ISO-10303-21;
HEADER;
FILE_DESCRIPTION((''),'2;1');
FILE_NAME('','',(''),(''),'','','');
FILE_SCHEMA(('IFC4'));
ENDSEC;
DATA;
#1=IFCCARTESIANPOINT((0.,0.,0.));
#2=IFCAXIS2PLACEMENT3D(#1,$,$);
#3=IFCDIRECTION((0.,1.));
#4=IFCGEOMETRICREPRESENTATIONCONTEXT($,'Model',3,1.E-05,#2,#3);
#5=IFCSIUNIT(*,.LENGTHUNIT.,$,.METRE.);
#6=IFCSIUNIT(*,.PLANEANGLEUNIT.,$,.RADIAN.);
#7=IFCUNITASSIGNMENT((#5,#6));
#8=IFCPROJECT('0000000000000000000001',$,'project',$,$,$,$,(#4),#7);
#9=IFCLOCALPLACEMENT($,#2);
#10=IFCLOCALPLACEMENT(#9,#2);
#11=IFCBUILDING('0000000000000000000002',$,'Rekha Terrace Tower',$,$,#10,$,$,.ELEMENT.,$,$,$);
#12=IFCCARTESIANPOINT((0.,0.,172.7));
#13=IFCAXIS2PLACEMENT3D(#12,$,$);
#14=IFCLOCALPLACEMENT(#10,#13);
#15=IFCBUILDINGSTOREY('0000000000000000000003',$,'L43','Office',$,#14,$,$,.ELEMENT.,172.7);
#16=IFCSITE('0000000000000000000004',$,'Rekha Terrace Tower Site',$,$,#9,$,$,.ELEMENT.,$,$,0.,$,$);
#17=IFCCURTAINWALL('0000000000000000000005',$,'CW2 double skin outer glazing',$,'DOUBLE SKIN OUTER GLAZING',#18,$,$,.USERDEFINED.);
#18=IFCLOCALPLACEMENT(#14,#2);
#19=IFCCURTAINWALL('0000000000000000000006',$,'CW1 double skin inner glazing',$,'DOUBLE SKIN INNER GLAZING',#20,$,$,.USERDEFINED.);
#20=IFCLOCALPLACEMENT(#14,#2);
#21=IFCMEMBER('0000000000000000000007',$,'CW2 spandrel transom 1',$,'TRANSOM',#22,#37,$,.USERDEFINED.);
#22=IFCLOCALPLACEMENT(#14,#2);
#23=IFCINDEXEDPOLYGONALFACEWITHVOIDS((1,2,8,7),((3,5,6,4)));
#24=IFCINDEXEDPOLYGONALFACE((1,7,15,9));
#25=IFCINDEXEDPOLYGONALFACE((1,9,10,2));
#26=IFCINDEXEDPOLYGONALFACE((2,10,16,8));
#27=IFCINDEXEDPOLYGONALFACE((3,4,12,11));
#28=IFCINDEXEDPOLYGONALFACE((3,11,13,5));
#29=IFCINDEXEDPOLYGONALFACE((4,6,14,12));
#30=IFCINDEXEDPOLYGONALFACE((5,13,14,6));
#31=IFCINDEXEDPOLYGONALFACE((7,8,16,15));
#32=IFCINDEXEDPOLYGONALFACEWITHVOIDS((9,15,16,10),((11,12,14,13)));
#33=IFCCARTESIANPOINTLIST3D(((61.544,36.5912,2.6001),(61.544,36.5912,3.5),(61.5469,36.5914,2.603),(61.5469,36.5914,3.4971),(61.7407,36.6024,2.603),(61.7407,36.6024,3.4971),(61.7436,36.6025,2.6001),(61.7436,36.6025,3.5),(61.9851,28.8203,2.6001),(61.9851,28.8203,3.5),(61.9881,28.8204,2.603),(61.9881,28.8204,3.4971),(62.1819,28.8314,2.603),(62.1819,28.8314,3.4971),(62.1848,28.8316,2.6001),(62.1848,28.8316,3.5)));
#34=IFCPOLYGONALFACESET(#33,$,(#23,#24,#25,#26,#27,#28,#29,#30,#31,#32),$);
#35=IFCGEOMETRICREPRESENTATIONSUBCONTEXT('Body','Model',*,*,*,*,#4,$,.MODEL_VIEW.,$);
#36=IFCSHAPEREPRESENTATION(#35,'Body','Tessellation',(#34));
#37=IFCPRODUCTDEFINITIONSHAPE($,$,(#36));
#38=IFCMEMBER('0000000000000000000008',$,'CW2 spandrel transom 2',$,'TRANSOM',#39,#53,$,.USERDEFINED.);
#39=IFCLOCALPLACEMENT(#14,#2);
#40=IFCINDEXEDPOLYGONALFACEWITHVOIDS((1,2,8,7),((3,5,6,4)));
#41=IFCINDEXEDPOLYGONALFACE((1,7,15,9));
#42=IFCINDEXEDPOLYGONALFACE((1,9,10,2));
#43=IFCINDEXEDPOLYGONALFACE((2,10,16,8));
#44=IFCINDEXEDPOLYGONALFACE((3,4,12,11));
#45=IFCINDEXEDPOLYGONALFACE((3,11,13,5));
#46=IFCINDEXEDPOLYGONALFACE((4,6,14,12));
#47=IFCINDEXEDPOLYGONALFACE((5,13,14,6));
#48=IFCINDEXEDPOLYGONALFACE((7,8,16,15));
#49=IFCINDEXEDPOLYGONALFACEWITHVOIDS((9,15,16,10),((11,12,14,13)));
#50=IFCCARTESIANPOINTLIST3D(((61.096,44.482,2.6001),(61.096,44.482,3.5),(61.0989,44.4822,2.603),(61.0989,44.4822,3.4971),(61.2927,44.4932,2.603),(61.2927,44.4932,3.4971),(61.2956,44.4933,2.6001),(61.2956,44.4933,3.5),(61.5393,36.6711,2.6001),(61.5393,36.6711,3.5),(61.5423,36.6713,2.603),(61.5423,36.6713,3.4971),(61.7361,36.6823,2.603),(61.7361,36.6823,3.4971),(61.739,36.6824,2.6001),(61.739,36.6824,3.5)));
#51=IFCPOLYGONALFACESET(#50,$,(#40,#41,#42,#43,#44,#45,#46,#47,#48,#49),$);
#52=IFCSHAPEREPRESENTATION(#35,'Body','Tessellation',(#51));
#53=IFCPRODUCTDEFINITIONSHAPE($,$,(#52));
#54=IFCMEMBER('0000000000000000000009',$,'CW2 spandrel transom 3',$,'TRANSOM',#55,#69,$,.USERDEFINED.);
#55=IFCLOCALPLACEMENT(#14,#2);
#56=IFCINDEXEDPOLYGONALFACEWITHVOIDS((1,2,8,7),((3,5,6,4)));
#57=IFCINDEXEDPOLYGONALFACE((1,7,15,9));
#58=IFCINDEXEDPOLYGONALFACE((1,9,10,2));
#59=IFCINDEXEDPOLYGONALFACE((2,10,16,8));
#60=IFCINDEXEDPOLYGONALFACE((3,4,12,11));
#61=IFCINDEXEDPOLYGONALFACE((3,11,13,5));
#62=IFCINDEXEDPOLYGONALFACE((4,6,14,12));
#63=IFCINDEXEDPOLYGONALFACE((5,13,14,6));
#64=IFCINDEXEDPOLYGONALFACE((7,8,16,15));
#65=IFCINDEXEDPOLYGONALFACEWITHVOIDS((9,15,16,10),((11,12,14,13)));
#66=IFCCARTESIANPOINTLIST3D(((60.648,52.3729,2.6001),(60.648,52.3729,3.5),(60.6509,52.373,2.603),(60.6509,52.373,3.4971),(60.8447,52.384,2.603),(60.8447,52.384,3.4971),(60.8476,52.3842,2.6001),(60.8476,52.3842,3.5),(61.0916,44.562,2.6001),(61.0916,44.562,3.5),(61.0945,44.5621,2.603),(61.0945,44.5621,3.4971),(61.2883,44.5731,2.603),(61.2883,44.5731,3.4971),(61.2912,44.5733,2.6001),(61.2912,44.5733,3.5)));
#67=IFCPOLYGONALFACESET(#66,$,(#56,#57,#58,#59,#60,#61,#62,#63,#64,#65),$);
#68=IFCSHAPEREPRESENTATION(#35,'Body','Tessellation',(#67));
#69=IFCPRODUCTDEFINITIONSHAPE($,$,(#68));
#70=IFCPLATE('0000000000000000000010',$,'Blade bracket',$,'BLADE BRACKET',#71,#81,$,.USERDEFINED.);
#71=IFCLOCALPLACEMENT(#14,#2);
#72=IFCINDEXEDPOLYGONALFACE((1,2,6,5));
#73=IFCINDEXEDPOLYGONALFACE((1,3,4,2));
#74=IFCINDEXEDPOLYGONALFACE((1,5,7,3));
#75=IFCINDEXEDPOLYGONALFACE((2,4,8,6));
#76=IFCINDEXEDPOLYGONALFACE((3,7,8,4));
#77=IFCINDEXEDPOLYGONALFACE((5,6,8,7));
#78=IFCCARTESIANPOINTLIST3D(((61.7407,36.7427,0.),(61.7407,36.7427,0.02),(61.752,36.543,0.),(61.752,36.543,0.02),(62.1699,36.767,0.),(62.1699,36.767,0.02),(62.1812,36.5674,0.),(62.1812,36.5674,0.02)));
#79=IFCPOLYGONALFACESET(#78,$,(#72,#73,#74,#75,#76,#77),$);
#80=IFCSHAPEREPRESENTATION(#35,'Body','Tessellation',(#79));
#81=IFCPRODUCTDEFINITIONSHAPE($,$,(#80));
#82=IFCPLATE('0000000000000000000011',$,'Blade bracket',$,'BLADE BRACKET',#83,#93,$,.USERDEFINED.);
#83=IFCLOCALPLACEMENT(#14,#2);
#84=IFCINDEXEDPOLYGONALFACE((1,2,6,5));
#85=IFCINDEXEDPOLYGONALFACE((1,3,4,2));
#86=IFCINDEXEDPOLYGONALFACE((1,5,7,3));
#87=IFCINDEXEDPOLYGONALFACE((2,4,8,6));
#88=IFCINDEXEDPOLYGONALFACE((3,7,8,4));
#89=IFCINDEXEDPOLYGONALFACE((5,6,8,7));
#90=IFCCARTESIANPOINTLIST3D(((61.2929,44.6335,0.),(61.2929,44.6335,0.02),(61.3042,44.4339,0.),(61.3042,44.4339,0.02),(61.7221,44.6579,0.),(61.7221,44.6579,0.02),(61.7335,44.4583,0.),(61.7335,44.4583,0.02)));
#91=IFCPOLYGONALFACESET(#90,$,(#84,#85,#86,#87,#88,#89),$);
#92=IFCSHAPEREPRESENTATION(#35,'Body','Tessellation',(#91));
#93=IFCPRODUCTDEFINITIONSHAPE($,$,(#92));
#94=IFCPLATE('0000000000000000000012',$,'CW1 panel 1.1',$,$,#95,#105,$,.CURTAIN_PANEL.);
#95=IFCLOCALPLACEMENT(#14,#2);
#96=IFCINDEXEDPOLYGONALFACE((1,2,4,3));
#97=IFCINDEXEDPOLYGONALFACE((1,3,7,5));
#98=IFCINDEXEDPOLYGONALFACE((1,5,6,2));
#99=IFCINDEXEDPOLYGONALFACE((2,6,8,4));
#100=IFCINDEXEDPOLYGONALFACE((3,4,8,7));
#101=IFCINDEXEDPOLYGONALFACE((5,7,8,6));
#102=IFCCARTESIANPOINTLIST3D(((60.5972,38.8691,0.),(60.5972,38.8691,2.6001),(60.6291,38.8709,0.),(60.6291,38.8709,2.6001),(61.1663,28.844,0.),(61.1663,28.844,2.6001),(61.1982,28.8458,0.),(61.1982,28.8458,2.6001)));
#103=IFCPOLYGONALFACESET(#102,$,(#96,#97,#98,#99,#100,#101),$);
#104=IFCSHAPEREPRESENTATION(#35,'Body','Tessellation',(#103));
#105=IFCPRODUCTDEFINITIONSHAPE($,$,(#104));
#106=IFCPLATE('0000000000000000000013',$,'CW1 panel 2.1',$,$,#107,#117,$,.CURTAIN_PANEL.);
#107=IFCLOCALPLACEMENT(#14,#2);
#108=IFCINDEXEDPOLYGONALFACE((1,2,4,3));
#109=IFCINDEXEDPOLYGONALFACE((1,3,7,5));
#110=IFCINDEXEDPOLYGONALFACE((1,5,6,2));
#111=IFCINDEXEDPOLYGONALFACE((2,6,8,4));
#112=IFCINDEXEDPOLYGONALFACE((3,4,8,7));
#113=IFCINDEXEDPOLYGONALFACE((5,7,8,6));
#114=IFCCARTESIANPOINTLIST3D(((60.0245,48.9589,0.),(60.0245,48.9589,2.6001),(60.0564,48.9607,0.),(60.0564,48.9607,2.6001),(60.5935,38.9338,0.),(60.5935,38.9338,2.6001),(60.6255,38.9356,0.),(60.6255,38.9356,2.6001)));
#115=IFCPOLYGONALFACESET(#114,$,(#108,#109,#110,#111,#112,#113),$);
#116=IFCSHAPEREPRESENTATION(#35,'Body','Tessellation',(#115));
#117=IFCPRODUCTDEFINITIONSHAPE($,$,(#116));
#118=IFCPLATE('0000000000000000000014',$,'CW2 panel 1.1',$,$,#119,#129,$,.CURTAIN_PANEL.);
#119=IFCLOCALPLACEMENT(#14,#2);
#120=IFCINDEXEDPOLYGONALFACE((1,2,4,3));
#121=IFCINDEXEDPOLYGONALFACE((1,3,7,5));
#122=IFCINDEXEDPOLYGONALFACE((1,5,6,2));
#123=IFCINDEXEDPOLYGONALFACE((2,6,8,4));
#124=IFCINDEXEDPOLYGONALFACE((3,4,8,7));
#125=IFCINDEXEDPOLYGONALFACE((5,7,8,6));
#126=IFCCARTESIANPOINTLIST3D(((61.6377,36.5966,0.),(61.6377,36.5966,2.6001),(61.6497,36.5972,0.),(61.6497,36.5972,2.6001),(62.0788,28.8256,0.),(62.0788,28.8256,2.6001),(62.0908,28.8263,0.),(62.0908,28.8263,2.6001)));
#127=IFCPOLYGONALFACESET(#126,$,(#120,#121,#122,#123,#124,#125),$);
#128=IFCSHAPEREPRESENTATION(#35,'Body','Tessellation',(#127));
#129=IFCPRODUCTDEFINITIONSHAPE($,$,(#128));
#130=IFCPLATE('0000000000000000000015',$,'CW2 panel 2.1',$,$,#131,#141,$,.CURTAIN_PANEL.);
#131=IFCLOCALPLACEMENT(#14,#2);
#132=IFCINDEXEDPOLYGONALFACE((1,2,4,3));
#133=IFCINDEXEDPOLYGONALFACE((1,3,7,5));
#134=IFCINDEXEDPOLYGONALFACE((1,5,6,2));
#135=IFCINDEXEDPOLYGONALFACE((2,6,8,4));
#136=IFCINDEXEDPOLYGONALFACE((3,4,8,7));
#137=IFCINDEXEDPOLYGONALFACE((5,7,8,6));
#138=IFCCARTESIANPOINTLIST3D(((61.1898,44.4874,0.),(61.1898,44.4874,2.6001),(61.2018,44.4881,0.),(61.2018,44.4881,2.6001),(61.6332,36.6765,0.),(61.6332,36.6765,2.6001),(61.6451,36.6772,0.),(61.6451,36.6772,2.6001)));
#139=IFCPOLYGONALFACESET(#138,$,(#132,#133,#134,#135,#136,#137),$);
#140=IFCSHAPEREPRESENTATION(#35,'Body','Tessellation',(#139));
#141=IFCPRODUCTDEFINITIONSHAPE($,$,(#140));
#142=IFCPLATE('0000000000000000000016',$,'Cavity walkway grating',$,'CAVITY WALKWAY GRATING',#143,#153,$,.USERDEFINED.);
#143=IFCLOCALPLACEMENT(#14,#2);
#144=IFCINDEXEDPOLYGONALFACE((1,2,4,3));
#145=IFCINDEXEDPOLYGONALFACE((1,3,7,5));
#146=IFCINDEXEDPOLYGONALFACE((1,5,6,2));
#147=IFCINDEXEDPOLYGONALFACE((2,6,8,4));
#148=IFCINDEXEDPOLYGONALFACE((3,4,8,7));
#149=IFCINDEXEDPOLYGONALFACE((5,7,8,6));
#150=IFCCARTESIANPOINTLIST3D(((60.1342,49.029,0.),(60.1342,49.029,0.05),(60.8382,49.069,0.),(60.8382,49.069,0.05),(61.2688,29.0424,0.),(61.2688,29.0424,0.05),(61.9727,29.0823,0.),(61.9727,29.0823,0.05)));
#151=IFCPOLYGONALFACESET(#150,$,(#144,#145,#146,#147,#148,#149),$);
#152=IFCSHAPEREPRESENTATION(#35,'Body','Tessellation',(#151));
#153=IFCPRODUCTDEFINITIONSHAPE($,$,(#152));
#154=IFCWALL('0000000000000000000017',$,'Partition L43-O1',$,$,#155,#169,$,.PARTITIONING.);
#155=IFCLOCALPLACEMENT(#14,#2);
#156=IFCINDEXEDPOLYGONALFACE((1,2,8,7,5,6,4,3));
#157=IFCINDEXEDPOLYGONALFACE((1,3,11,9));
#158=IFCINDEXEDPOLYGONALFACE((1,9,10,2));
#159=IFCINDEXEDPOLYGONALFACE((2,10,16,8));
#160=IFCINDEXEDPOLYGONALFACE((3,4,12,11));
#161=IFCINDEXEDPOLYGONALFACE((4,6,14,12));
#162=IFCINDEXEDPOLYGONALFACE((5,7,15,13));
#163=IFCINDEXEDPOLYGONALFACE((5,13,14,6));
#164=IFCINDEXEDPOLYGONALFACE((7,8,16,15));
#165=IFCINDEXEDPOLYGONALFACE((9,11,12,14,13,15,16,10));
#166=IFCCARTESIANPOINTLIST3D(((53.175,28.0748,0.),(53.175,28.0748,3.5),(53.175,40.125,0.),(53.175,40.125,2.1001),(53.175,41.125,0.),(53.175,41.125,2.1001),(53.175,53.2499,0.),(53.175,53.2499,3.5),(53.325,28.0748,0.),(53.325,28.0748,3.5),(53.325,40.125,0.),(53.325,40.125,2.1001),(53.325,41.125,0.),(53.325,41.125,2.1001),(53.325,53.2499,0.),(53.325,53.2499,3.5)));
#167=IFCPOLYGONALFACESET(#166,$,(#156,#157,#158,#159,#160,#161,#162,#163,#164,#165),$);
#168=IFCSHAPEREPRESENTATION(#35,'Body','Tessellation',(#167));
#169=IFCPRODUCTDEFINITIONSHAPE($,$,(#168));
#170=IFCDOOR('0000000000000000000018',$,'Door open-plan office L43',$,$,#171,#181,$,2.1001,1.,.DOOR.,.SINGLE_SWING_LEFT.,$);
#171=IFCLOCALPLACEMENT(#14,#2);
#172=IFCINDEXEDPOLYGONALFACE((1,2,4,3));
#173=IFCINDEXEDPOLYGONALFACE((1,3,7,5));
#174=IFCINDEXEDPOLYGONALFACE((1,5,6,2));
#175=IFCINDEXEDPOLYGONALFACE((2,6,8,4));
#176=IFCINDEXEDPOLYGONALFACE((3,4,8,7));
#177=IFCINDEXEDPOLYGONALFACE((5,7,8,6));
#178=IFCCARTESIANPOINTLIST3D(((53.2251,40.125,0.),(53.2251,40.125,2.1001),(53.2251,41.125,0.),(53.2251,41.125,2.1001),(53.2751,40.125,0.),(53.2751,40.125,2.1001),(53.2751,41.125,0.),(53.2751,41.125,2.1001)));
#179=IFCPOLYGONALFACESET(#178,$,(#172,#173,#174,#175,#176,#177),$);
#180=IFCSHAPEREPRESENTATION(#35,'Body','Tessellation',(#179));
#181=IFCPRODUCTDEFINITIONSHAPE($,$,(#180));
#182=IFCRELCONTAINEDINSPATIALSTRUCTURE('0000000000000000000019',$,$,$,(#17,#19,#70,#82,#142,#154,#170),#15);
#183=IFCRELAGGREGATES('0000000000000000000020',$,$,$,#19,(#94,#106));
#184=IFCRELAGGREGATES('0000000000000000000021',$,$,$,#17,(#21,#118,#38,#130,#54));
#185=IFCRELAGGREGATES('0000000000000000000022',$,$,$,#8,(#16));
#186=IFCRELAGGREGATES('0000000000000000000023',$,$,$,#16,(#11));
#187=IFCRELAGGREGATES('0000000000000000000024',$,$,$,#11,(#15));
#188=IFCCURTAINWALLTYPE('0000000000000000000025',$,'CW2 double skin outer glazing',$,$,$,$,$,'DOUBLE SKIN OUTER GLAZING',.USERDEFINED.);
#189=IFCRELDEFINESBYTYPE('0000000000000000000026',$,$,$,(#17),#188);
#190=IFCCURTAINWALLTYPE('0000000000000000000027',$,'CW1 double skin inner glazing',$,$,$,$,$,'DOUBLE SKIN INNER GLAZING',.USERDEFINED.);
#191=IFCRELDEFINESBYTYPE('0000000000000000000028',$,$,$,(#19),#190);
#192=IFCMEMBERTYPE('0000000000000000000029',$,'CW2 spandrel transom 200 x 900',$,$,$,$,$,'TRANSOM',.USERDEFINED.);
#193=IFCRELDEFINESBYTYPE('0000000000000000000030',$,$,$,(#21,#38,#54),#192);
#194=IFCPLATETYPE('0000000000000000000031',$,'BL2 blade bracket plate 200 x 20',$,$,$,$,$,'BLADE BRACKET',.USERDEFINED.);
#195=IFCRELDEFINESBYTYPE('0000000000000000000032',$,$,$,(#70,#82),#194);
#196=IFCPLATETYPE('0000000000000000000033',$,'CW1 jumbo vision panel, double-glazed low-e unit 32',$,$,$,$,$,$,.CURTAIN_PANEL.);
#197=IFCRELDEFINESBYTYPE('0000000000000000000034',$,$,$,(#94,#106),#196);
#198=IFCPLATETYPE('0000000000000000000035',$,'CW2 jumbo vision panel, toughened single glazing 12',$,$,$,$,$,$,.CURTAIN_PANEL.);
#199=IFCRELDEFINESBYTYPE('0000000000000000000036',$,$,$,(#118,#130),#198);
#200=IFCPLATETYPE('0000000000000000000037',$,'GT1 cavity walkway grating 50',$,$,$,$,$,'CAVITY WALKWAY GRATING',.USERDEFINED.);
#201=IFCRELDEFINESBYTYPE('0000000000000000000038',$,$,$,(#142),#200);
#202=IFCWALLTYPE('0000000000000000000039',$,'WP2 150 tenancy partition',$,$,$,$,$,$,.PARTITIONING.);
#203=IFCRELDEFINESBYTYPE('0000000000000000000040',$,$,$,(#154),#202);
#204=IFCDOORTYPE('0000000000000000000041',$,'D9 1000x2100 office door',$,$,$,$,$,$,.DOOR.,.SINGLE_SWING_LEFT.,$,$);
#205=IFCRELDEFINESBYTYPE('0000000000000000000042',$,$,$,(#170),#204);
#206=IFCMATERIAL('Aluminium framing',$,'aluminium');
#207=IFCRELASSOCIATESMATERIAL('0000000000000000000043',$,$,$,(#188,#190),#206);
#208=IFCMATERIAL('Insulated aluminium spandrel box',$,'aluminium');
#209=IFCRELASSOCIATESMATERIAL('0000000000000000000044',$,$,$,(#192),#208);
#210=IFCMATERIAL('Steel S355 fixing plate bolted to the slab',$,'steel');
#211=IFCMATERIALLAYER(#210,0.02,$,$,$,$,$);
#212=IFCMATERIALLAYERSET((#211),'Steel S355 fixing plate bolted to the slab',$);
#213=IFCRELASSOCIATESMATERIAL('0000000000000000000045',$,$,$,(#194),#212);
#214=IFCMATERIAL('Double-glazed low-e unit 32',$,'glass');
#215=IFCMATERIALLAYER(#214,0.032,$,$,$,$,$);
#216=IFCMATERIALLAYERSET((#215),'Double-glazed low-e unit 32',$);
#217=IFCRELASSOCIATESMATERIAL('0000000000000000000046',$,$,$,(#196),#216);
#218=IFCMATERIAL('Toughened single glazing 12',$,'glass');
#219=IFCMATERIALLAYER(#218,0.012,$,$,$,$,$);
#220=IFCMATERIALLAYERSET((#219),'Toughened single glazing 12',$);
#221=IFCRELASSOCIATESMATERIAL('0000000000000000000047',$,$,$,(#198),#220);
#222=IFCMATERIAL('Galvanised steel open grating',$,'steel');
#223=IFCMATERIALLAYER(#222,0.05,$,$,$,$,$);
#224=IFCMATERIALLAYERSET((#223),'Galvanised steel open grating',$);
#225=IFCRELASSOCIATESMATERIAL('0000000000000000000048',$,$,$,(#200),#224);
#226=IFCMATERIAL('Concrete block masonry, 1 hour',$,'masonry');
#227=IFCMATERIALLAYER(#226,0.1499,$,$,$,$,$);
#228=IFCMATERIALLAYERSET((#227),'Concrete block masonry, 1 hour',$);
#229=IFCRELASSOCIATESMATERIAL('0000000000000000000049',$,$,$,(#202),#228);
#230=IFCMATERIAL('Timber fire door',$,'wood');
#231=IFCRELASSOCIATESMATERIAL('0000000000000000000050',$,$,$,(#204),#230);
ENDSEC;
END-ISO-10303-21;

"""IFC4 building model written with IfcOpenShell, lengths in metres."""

from ifc_helpers import new_model, si_unit, direction, frame, frame_2d, origin, origin_2d, place, context, subcontext, project, spatial, rectangle, hollow_rectangle, extrude, material, layer, layer_set, material_profile, profile_set, type_object, element, fill, aggregate, save


model = new_model("IFC4")

# Units and contexts
model_context = context("Model", 3, precision=1e-05, world=origin(), true_north=direction((0.0, 1.0)))
body_context = subcontext(model_context, "Body", "Model", "MODEL_VIEW")
ifc_project = project(units=[si_unit("LENGTHUNIT", "METRE"), si_unit("PLANEANGLEUNIT", "RADIAN")], contexts=[model_context])

# Site, building, storey
site_placement = place(None, origin())
site = spatial("IfcSite", under=ifc_project, at=site_placement, Name="Rekha Terrace Tower Site", CompositionType="ELEMENT", RefElevation=0.0)
building_placement = place(site_placement, origin())
building = spatial("IfcBuilding", under=site, at=building_placement, Name="Rekha Terrace Tower", CompositionType="ELEMENT")
storey_placement = place(building_placement, frame((0.0, 0.0, 172.7)))
storey = spatial("IfcBuildingStorey", under=building, at=storey_placement, Name="L43", Description="Office", CompositionType="ELEMENT", Elevation=172.7)

# Curtain walls
ifc_material_1 = material(Name="Aluminium framing", Category="aluminium")
curtain_wall_type_1 = type_object("IfcCurtainWallType", Name="CW2 double skin outer glazing", ElementType="DOUBLE SKIN OUTER GLAZING", PredefinedType="USERDEFINED", material=ifc_material_1)
curtain_wall_1_placement = place(storey_placement, origin())
curtain_wall_1 = element("IfcCurtainWall", 1, at=curtain_wall_1_placement, inside=storey, type_object=curtain_wall_type_1, Name="CW2 double skin outer glazing", ObjectType="DOUBLE SKIN OUTER GLAZING", PredefinedType="USERDEFINED")
curtain_wall_type_2 = type_object("IfcCurtainWallType", Name="CW1 double skin inner glazing", ElementType="DOUBLE SKIN INNER GLAZING", PredefinedType="USERDEFINED", material=ifc_material_1)
curtain_wall_2_placement = place(storey_placement, origin())
curtain_wall_2 = element("IfcCurtainWall", 2, at=curtain_wall_2_placement, inside=storey, type_object=curtain_wall_type_2, Name="CW1 double skin inner glazing", ObjectType="DOUBLE SKIN INNER GLAZING", PredefinedType="USERDEFINED")
ifc_material_2 = material(Name="Insulated aluminium spandrel box", Category="aluminium")

# Members
ifc_material_profile_1 = material_profile(ifc_material_2, hollow_rectangle(XDim=0.2, YDim=0.8999, WallThickness=0.0029, at=origin_2d()), Name="AL SPANDREL BOX 200x900")
ifc_profile_set_1 = profile_set([ifc_material_profile_1], Name="Insulated aluminium spandrel box")
member_type_1 = type_object("IfcMemberType", Name="CW2 spandrel transom 200 x 900", ElementType="TRANSOM", PredefinedType="USERDEFINED", material=ifc_profile_set_1)
member_1_placement = place(storey_placement, frame((62.085, 28.8259, 3.05), z_axis=(-0.056679, 0.998392, 0.0), x_axis=(-0.998392, -0.056679, 0.0)))
member_1 = element("IfcMember", 3, at=member_1_placement, type_object=member_type_1, Name="CW2 spandrel transom 1", ObjectType="TRANSOM", PredefinedType="USERDEFINED", context=body_context, shape_type="SweptSolid", body=[
    extrude(hollow_rectangle(XDim=0.2, YDim=0.8999, WallThickness=0.0029, at=origin_2d()), origin(), (0.0, 0.0, 1.0), 7.7834),
])
member_2_placement = place(storey_placement, frame((61.6392, 36.6768, 3.05), z_axis=(-0.056669, 0.998393, 0.0), x_axis=(-0.998393, -0.056669, 0.0)))
member_2 = element("IfcMember", 4, at=member_2_placement, type_object=member_type_1, Name="CW2 spandrel transom 2", ObjectType="TRANSOM", PredefinedType="USERDEFINED", context=body_context, shape_type="SweptSolid", body=[
    extrude(hollow_rectangle(XDim=0.2, YDim=0.8999, WallThickness=0.0029, at=origin_2d()), origin(), (0.0, 0.0, 1.0), 7.8235),
])
member_3_placement = place(storey_placement, frame((61.1914, 44.5676, 3.05), z_axis=(-0.056702, 0.998391, 0.0), x_axis=(-0.998391, -0.056702, 0.0)))
member_3 = element("IfcMember", 5, at=member_3_placement, type_object=member_type_1, Name="CW2 spandrel transom 3", ObjectType="TRANSOM", PredefinedType="USERDEFINED", context=body_context, shape_type="SweptSolid", body=[
    extrude(hollow_rectangle(XDim=0.2, YDim=0.8999, WallThickness=0.0029, at=origin_2d()), origin(), (0.0, 0.0, 1.0), 7.8235),
])

# Plates
ifc_material_3 = material(Name="Steel S355 fixing plate bolted to the slab", Category="steel")
ifc_layer_1 = layer(ifc_material_3, 0.02)
ifc_layer_set_1 = layer_set([ifc_layer_1], Name="Steel S355 fixing plate bolted to the slab")
plate_type_1 = type_object("IfcPlateType", Name="BL2 blade bracket plate 200 x 20", ElementType="BLADE BRACKET", PredefinedType="USERDEFINED", material=ifc_layer_set_1)
for number, where, z_axis, x_axis, name in (
    (6, (61.9609, 36.655, 0.0), (0.0, 0.0, 1.0), (0.998393, 0.056674, 0.0), "Blade bracket"),
    (7, (61.5132, 44.5459, 0.0), (0.0, 0.0, 1.0), (0.998393, 0.056674, 0.0), "Blade bracket"),
):
    element("IfcPlate", number, at=place(storey_placement, frame(where, z_axis=z_axis, x_axis=x_axis)), inside=storey, type_object=plate_type_1, Name=name, ObjectType="BLADE BRACKET", PredefinedType="USERDEFINED", context=body_context, shape_type="SweptSolid", body=[
        extrude(rectangle(XDim=0.4299, YDim=0.2, at=origin_2d()), origin(), (0.0, 0.0, 1.0), 0.02),
    ])

# Plates
ifc_material_4 = material(Name="Double-glazed low-e unit 32", Category="glass")
ifc_layer_2 = layer(ifc_material_4, 0.032)
ifc_layer_set_2 = layer_set([ifc_layer_2], Name="Double-glazed low-e unit 32")
plate_type_2 = type_object("IfcPlateType", Name="CW1 jumbo vision panel, double-glazed low-e unit 32", PredefinedType="CURTAIN_PANEL", material=ifc_layer_set_2)
plate_1_placement = place(storey_placement, frame((60.8977, 33.8574, 0.0), z_axis=(0.0, 0.0, 1.0), x_axis=(-0.056673, 0.998393, 0.0)))
plate_1 = element("IfcPlate", 8, at=plate_1_placement, type_object=plate_type_2, Name="CW1 panel 1.1", PredefinedType="CURTAIN_PANEL", context=body_context, shape_type="SweptSolid", body=[
    extrude(rectangle(XDim=10.0413, YDim=0.032, at=origin_2d()), origin(), (0.0, 0.0, 1.0), 2.6001),
])
plate_2_placement = place(storey_placement, frame((60.325, 43.9473, 0.0), z_axis=(0.0, 0.0, 1.0), x_axis=(-0.056673, 0.998393, 0.0)))
plate_2 = element("IfcPlate", 9, at=plate_2_placement, type_object=plate_type_2, Name="CW1 panel 2.1", PredefinedType="CURTAIN_PANEL", context=body_context, shape_type="SweptSolid", body=[
    extrude(rectangle(XDim=10.0413, YDim=0.032, at=origin_2d()), origin(), (0.0, 0.0, 1.0), 2.6001),
])
aggregate(curtain_wall_2, [plate_1, plate_2])
ifc_material_5 = material(Name="Toughened single glazing 12", Category="glass")
ifc_layer_3 = layer(ifc_material_5, 0.012)
ifc_layer_set_3 = layer_set([ifc_layer_3], Name="Toughened single glazing 12")
plate_type_3 = type_object("IfcPlateType", Name="CW2 jumbo vision panel, toughened single glazing 12", PredefinedType="CURTAIN_PANEL", material=ifc_layer_set_3)
plate_3_placement = place(storey_placement, frame((61.8643, 32.7114, 0.0), z_axis=(0.0, 0.0, 1.0), x_axis=(-0.056673, 0.998393, 0.0)))
plate_3 = element("IfcPlate", 10, at=plate_3_placement, type_object=plate_type_3, Name="CW2 panel 1.1", PredefinedType="CURTAIN_PANEL", context=body_context, shape_type="SweptSolid", body=[
    extrude(rectangle(XDim=7.7834, YDim=0.012, at=origin_2d()), origin(), (0.0, 0.0, 1.0), 2.6001),
])
plate_4_placement = place(storey_placement, frame((61.4175, 40.5823, 0.0), z_axis=(0.0, 0.0, 1.0), x_axis=(-0.056673, 0.998393, 0.0)))
plate_4 = element("IfcPlate", 11, at=plate_4_placement, type_object=plate_type_3, Name="CW2 panel 2.1", PredefinedType="CURTAIN_PANEL", context=body_context, shape_type="SweptSolid", body=[
    extrude(rectangle(XDim=7.8235, YDim=0.012, at=origin_2d()), origin(), (0.0, 0.0, 1.0), 2.6001),
])
aggregate(curtain_wall_1, [member_1, plate_3, member_2, plate_4, member_3])
ifc_material_6 = material(Name="Galvanised steel open grating", Category="steel")
ifc_layer_4 = layer(ifc_material_6, 0.05)
ifc_layer_set_4 = layer_set([ifc_layer_4], Name="Galvanised steel open grating")
plate_type_4 = type_object("IfcPlateType", Name="GT1 cavity walkway grating 50", ElementType="CAVITY WALKWAY GRATING", PredefinedType="USERDEFINED", material=ifc_layer_set_4)
plate_5_placement = place(storey_placement, frame((61.0535, 39.0557, 0.0), z_axis=(0.0, 0.0, 1.0), x_axis=(-0.056673, 0.998393, 0.0)))
element("IfcPlate", 12, at=plate_5_placement, inside=storey, type_object=plate_type_4, Name="Cavity walkway grating", ObjectType="CAVITY WALKWAY GRATING", PredefinedType="USERDEFINED", context=body_context, shape_type="SweptSolid", body=[
    extrude(rectangle(XDim=20.0188, YDim=0.7051, at=origin_2d()), origin(), (0.0, 0.0, 1.0), 0.05),
])

# Wall, opening, door
ifc_material_7 = material(Name="Concrete block masonry, 1 hour", Category="masonry")
ifc_layer_5 = layer(ifc_material_7, 0.1499)
ifc_layer_set_5 = layer_set([ifc_layer_5], Name="Concrete block masonry, 1 hour")
wall_type_1 = type_object("IfcWallType", Name="WP2 150 tenancy partition", PredefinedType="PARTITIONING", material=ifc_layer_set_5)
wall_1_placement = place(storey_placement, frame((53.25, 28.075, 0.0), z_axis=(0.0, 0.0, 1.0), x_axis=(0.0, 1.0, 0.0)))
wall_1 = element("IfcWall", 13, at=wall_1_placement, inside=storey, type_object=wall_type_1, Name="Partition L43-O1", PredefinedType="PARTITIONING", context=body_context, shape_type="SweptSolid", body=[
    extrude(rectangle(XDim=25.175, YDim=0.1499, at=frame_2d((12.5874, 0.0))), origin(), (0.0, 0.0, 1.0), 3.5),
])
opening_1_placement = place(wall_1_placement, frame((12.05, 0.0, 0.0)))
opening_1 = element("IfcOpeningElement", 14, at=opening_1_placement, cuts=wall_1, PredefinedType="OPENING", context=body_context, shape_type="SweptSolid", body=[
    extrude(rectangle(XDim=1.0, YDim=2.1001, at=frame_2d((0.5, 1.05))), frame((0.0, 0.085, 0.0), z_axis=(0.0, -1.0, 0.0), x_axis=(1.0, 0.0, 0.0)), (0.0, 0.0, 1.0), 0.1699),
])
ifc_material_8 = material(Name="Timber fire door", Category="wood")
door_type_1 = type_object("IfcDoorType", Name="D9 1000x2100 office door", OperationType="SINGLE_SWING_LEFT", PredefinedType="DOOR", material=ifc_material_8)
door_1_placement = place(opening_1_placement, origin())
door_1 = element("IfcDoor", 15, at=door_1_placement, inside=storey, type_object=door_type_1, Name="Door open-plan office L43", OperationType="SINGLE_SWING_LEFT", OverallHeight=2.1001, OverallWidth=1.0, PredefinedType="DOOR", context=body_context, shape_type="SweptSolid", body=[
    extrude(rectangle(XDim=1.0, YDim=2.1001, at=frame_2d((0.5, 1.05))), frame((0.0, 0.0249, 0.0), z_axis=(0.0, -1.0, 0.0), x_axis=(1.0, 0.0, 0.0)), (0.0, 0.0, 1.0), 0.05),
])
fill(opening_1, door_1)

save(model, "model.ifc")
